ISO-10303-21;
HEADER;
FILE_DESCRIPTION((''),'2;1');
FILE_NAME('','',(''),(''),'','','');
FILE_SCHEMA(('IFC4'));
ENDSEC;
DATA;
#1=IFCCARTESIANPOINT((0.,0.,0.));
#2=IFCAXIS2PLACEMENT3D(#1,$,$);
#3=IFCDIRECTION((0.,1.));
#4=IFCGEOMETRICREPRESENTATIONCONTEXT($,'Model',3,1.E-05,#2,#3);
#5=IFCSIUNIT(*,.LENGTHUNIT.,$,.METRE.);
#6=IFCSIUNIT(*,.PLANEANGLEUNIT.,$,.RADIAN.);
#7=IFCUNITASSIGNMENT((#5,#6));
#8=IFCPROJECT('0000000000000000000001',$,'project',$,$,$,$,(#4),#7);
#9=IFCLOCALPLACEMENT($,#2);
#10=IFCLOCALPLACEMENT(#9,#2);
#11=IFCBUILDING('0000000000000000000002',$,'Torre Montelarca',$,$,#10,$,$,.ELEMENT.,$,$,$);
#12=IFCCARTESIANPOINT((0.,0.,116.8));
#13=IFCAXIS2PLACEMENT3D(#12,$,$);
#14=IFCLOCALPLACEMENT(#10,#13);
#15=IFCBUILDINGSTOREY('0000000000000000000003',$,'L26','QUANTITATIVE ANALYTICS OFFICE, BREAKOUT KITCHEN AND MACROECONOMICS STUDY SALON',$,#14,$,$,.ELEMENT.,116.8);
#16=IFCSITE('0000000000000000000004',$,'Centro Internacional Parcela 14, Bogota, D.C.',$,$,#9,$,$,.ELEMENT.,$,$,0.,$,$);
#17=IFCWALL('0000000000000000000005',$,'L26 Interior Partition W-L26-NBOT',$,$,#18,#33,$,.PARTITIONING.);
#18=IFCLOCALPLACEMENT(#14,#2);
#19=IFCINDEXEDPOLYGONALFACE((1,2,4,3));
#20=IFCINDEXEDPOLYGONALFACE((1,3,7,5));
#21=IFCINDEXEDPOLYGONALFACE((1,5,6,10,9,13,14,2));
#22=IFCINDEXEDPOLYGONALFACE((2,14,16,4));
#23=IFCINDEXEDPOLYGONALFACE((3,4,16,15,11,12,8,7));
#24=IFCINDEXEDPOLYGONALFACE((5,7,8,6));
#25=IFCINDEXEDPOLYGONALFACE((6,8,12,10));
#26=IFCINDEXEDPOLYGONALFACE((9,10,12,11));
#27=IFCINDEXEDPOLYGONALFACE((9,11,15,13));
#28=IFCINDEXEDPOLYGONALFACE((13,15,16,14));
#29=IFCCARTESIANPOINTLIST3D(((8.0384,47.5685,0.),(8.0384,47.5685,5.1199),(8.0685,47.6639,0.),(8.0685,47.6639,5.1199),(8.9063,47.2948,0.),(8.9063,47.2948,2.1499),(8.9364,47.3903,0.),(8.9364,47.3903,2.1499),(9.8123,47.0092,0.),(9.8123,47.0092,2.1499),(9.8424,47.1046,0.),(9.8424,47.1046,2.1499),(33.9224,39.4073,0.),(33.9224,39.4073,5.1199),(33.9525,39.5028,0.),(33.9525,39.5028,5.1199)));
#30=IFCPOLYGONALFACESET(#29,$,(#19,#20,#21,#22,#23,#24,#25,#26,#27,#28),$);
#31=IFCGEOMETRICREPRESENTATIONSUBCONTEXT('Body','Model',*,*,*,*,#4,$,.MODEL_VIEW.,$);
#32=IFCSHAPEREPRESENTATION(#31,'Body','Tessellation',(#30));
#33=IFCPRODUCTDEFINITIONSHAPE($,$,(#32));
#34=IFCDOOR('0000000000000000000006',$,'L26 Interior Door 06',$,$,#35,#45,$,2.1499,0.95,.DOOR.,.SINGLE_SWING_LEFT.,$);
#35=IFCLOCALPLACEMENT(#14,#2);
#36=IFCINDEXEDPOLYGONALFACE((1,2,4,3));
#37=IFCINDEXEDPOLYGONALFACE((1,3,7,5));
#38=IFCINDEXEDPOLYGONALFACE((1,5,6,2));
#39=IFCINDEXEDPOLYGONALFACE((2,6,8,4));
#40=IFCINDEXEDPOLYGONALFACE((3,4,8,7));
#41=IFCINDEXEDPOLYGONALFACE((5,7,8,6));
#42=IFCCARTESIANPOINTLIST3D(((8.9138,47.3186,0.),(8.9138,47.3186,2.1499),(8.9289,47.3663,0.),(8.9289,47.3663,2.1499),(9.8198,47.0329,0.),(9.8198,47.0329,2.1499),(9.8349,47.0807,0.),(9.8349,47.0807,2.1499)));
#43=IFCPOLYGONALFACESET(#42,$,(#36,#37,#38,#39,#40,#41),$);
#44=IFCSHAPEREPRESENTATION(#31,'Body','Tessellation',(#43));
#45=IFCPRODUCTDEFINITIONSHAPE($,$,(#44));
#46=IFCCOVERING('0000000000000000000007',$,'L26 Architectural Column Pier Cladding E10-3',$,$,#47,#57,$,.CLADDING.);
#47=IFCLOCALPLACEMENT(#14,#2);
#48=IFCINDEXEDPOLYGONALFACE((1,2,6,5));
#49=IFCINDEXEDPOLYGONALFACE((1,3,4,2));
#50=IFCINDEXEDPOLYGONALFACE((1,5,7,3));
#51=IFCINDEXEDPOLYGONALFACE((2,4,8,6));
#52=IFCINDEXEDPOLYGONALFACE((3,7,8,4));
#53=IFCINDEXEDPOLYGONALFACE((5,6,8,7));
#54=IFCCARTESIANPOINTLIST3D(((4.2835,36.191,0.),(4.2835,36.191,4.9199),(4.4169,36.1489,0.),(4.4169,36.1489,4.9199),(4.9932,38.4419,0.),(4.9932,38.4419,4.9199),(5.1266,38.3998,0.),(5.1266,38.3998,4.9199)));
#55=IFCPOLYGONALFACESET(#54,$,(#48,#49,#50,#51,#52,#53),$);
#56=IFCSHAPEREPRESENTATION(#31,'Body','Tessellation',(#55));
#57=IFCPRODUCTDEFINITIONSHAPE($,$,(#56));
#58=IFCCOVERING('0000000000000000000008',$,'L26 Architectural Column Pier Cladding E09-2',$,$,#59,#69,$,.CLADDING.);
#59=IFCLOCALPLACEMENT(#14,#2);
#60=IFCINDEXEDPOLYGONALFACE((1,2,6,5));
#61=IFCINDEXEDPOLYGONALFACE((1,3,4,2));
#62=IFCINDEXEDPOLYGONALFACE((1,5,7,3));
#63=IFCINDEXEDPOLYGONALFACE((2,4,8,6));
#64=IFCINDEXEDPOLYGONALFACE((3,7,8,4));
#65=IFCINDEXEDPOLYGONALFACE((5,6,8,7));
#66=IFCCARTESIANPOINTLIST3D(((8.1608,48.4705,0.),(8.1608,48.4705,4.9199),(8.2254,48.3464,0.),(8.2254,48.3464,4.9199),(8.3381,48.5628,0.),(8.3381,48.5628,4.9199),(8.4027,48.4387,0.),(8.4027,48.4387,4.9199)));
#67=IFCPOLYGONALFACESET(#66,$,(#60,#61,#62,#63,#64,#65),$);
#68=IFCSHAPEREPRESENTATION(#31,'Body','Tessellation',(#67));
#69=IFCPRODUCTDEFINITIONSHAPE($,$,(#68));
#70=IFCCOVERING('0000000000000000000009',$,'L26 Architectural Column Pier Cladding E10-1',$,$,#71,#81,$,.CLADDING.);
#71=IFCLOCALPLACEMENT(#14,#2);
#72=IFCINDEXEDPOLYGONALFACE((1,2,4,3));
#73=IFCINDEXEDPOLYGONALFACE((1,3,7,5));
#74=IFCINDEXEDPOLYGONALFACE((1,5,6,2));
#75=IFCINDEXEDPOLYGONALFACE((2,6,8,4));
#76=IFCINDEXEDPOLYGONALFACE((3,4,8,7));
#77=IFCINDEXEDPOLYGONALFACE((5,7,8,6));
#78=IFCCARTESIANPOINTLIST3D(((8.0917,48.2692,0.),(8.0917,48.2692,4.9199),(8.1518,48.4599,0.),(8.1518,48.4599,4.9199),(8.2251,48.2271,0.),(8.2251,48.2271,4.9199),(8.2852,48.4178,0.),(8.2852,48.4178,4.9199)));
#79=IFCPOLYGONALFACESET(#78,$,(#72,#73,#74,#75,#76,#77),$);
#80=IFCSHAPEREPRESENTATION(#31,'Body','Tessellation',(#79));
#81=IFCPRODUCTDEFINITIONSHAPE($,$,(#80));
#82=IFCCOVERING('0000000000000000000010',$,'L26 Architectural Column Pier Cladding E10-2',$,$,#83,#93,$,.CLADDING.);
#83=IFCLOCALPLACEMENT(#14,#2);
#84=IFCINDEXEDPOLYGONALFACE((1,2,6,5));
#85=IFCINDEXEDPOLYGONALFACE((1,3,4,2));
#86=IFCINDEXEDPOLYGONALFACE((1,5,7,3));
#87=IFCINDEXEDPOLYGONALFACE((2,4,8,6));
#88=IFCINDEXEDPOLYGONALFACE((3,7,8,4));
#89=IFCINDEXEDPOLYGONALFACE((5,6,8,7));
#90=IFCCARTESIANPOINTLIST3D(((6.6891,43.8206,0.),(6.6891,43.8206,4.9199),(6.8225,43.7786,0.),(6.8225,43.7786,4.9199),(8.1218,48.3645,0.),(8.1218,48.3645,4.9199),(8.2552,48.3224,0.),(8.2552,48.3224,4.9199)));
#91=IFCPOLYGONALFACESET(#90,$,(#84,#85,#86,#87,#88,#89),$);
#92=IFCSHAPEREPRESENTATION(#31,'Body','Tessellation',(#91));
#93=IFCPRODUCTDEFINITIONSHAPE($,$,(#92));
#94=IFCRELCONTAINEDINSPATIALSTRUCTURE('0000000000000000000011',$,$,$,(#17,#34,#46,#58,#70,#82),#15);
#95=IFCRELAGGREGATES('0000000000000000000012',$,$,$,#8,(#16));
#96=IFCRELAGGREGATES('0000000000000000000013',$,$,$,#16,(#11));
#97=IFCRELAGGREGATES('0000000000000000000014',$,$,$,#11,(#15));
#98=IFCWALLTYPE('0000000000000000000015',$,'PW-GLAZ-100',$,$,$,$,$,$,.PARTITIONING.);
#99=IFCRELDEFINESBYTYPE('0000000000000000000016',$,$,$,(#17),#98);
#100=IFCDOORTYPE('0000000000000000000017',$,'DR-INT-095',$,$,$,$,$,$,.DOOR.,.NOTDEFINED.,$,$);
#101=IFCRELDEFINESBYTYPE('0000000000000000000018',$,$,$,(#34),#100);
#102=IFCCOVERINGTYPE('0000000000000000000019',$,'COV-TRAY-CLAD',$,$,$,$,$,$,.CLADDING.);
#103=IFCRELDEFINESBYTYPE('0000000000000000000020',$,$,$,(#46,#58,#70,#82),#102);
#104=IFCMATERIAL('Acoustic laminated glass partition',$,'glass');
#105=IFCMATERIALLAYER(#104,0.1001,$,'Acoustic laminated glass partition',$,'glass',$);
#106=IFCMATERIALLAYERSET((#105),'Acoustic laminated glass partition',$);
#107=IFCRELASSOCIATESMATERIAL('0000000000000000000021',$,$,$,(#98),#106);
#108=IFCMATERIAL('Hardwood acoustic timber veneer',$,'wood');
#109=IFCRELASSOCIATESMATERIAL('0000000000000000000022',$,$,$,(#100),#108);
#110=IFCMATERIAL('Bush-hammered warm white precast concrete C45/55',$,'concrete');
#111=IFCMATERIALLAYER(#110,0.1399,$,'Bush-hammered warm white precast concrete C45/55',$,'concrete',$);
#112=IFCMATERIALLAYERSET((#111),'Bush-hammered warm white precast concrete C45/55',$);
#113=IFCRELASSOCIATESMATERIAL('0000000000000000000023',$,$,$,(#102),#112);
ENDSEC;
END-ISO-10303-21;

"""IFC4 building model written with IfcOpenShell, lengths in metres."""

from ifc_helpers import new_model, si_unit, direction, frame, frame_2d, origin, origin_2d, place, context, subcontext, project, spatial, rectangle, extrude, source, transform, mapped, material, layer, layer_set, type_object, element, fill, save


model = new_model("IFC4")

# Units and contexts
model_context = context("Model", 3, precision=1e-05, world=origin(), true_north=direction((0.0, 1.0)))
body_context = subcontext(model_context, "Body", "Model", "MODEL_VIEW")
ifc_project = project(units=[si_unit("LENGTHUNIT", "METRE"), si_unit("PLANEANGLEUNIT", "RADIAN")], contexts=[model_context])

# Site, building, storey
site_placement = place(None, origin())
site = spatial("IfcSite", under=ifc_project, at=site_placement, Name="Centro Internacional Parcela 14, Bogota, D.C.", CompositionType="ELEMENT", RefElevation=0.0)
building_placement = place(site_placement, origin())
building = spatial("IfcBuilding", under=site, at=building_placement, Name="Torre Montelarca", CompositionType="ELEMENT")
storey_placement = place(building_placement, frame((0.0, 0.0, 116.8)))
storey = spatial("IfcBuildingStorey", under=building, at=storey_placement, Name="L26", Description="QUANTITATIVE ANALYTICS OFFICE, BREAKOUT KITCHEN AND MACROECONOMICS STUDY SALON", CompositionType="ELEMENT", Elevation=116.8)

# Wall, opening, door
ifc_material_1 = material(Name="Acoustic laminated glass partition", Category="glass")
ifc_layer_1 = layer(ifc_material_1, 0.1001, Name="Acoustic laminated glass partition", Category="glass")
ifc_layer_set_1 = layer_set([ifc_layer_1], Name="Acoustic laminated glass partition")
wall_type_1 = type_object("IfcWallType", Name="PW-GLAZ-100", PredefinedType="PARTITIONING", material=ifc_layer_set_1)
wall_1_placement = place(storey_placement, frame((8.0535, 47.6162, 0.0), z_axis=(0.0, 0.0, 1.0), x_axis=(0.953718, -0.300703, 0.0)))
wall_1 = element("IfcWall", 1, at=wall_1_placement, inside=storey, type_object=wall_type_1, Name="L26 Interior Partition W-L26-NBOT", PredefinedType="PARTITIONING", context=body_context, shape_type="SweptSolid", body=[
    extrude(rectangle(XDim=27.1401, YDim=0.1001, at=frame_2d((13.5701, 0.0))), origin(), (0.0, 0.0, 1.0), 5.1199),
])
opening_placement = place(wall_1_placement, frame((0.9099, 0.0, 0.0)))
opening = element("IfcOpeningElement", 2, at=opening_placement, cuts=wall_1, PredefinedType="OPENING", context=body_context, shape_type="SweptSolid", body=[
    extrude(rectangle(XDim=0.95, YDim=2.1499, at=frame_2d((0.4751, 1.075))), frame((0.0, 0.0601, 0.0), z_axis=(0.0, -1.0, 0.0), x_axis=(1.0, 0.0, 0.0)), (0.0, 0.0, 1.0), 0.1201),
])
ifc_material_2 = material(Name="Hardwood acoustic timber veneer", Category="wood")
door_type = type_object("IfcDoorType", Name="DR-INT-095", OperationType="NOTDEFINED", PredefinedType="DOOR", material=ifc_material_2)
shared_shape_1 = source(origin(), body_context, "Body", "SweptSolid", [
    extrude(rectangle(XDim=0.95, YDim=2.1499, at=frame_2d((0.4751, 1.075))), frame((0.0, 0.0249, 0.0), z_axis=(0.0, -1.0, 0.0), x_axis=(1.0, 0.0, 0.0)), (0.0, 0.0, 1.0), 0.05),
])
door_placement = place(opening_placement, origin())
door = element("IfcDoor", 3, at=door_placement, inside=storey, type_object=door_type, Name="L26 Interior Door 06", OperationType="SINGLE_SWING_LEFT", OverallHeight=2.1499, OverallWidth=0.95, PredefinedType="DOOR", context=body_context, shape_type="MappedRepresentation", body=[
    mapped(shared_shape_1, transform((0.0, 0.0, 0.0), scale=1.0)),
])
fill(opening, door)

# Coverings
ifc_material_3 = material(Name="Bush-hammered warm white precast concrete C45/55", Category="concrete")
ifc_layer_2 = layer(ifc_material_3, 0.1399, Name="Bush-hammered warm white precast concrete C45/55", Category="concrete")
ifc_layer_set_2 = layer_set([ifc_layer_2], Name="Bush-hammered warm white precast concrete C45/55")
covering_type = type_object("IfcCoveringType", Name="COV-TRAY-CLAD", PredefinedType="CLADDING", material=ifc_layer_set_2)
shared_shape_2 = source(origin(), body_context, "Body", "SweptSolid", [
    extrude(rectangle(XDim=2.3601, YDim=0.1399, at=origin_2d()), origin(), (0.0, 0.0, 1.0), 4.9199),
])
covering_1_placement = place(storey_placement, frame((4.7051, 37.2954, 0.0), z_axis=(0.0, 0.0, 1.0), x_axis=(-0.300707, -0.953716, 0.0)))
element("IfcCovering", 4, at=covering_1_placement, inside=storey, type_object=covering_type, Name="L26 Architectural Column Pier Cladding E10-3", PredefinedType="CLADDING", context=body_context, shape_type="MappedRepresentation", body=[
    mapped(shared_shape_2, transform((0.0, 0.0, 0.0), scale=1.0)),
])
shared_shape_3 = source(origin(), body_context, "Body", "SweptSolid", [
    extrude(rectangle(XDim=0.2, YDim=0.1399, at=origin_2d()), origin(), (0.0, 0.0, 1.0), 4.9199),
])
for number, where, z_axis, x_axis, name in (
    (5, (8.2817, 48.4546, 0.0), (0.0, 0.0, 1.0), (-0.887017, -0.461736, 0.0), "L26 Architectural Column Pier Cladding E09-2"),
    (6, (8.1885, 48.3435, 0.0), (0.0, 0.0, 1.0), (-0.300707, -0.953716, 0.0), "L26 Architectural Column Pier Cladding E10-1"),
):
    element("IfcCovering", number, at=place(storey_placement, frame(where, z_axis=z_axis, x_axis=x_axis)), inside=storey, type_object=covering_type, Name=name, PredefinedType="CLADDING", context=body_context, shape_type="MappedRepresentation", body=[
        mapped(shared_shape_3, transform((0.0, 0.0, 0.0), scale=1.0)),
    ])
shared_shape_4 = source(origin(), body_context, "Body", "SweptSolid", [
    extrude(rectangle(XDim=4.7644, YDim=0.1399, at=origin_2d()), origin(), (0.0, 0.0, 1.0), 4.9199),
])
covering_2_placement = place(storey_placement, frame((7.4722, 46.0715, 0.0), z_axis=(0.0, 0.0, 1.0), x_axis=(-0.300707, -0.953716, 0.0)))
element("IfcCovering", 7, at=covering_2_placement, inside=storey, type_object=covering_type, Name="L26 Architectural Column Pier Cladding E10-2", PredefinedType="CLADDING", context=body_context, shape_type="MappedRepresentation", body=[
    mapped(shared_shape_4, transform((0.0, 0.0, 0.0), scale=1.0)),
])

save(model, "model.ifc")
